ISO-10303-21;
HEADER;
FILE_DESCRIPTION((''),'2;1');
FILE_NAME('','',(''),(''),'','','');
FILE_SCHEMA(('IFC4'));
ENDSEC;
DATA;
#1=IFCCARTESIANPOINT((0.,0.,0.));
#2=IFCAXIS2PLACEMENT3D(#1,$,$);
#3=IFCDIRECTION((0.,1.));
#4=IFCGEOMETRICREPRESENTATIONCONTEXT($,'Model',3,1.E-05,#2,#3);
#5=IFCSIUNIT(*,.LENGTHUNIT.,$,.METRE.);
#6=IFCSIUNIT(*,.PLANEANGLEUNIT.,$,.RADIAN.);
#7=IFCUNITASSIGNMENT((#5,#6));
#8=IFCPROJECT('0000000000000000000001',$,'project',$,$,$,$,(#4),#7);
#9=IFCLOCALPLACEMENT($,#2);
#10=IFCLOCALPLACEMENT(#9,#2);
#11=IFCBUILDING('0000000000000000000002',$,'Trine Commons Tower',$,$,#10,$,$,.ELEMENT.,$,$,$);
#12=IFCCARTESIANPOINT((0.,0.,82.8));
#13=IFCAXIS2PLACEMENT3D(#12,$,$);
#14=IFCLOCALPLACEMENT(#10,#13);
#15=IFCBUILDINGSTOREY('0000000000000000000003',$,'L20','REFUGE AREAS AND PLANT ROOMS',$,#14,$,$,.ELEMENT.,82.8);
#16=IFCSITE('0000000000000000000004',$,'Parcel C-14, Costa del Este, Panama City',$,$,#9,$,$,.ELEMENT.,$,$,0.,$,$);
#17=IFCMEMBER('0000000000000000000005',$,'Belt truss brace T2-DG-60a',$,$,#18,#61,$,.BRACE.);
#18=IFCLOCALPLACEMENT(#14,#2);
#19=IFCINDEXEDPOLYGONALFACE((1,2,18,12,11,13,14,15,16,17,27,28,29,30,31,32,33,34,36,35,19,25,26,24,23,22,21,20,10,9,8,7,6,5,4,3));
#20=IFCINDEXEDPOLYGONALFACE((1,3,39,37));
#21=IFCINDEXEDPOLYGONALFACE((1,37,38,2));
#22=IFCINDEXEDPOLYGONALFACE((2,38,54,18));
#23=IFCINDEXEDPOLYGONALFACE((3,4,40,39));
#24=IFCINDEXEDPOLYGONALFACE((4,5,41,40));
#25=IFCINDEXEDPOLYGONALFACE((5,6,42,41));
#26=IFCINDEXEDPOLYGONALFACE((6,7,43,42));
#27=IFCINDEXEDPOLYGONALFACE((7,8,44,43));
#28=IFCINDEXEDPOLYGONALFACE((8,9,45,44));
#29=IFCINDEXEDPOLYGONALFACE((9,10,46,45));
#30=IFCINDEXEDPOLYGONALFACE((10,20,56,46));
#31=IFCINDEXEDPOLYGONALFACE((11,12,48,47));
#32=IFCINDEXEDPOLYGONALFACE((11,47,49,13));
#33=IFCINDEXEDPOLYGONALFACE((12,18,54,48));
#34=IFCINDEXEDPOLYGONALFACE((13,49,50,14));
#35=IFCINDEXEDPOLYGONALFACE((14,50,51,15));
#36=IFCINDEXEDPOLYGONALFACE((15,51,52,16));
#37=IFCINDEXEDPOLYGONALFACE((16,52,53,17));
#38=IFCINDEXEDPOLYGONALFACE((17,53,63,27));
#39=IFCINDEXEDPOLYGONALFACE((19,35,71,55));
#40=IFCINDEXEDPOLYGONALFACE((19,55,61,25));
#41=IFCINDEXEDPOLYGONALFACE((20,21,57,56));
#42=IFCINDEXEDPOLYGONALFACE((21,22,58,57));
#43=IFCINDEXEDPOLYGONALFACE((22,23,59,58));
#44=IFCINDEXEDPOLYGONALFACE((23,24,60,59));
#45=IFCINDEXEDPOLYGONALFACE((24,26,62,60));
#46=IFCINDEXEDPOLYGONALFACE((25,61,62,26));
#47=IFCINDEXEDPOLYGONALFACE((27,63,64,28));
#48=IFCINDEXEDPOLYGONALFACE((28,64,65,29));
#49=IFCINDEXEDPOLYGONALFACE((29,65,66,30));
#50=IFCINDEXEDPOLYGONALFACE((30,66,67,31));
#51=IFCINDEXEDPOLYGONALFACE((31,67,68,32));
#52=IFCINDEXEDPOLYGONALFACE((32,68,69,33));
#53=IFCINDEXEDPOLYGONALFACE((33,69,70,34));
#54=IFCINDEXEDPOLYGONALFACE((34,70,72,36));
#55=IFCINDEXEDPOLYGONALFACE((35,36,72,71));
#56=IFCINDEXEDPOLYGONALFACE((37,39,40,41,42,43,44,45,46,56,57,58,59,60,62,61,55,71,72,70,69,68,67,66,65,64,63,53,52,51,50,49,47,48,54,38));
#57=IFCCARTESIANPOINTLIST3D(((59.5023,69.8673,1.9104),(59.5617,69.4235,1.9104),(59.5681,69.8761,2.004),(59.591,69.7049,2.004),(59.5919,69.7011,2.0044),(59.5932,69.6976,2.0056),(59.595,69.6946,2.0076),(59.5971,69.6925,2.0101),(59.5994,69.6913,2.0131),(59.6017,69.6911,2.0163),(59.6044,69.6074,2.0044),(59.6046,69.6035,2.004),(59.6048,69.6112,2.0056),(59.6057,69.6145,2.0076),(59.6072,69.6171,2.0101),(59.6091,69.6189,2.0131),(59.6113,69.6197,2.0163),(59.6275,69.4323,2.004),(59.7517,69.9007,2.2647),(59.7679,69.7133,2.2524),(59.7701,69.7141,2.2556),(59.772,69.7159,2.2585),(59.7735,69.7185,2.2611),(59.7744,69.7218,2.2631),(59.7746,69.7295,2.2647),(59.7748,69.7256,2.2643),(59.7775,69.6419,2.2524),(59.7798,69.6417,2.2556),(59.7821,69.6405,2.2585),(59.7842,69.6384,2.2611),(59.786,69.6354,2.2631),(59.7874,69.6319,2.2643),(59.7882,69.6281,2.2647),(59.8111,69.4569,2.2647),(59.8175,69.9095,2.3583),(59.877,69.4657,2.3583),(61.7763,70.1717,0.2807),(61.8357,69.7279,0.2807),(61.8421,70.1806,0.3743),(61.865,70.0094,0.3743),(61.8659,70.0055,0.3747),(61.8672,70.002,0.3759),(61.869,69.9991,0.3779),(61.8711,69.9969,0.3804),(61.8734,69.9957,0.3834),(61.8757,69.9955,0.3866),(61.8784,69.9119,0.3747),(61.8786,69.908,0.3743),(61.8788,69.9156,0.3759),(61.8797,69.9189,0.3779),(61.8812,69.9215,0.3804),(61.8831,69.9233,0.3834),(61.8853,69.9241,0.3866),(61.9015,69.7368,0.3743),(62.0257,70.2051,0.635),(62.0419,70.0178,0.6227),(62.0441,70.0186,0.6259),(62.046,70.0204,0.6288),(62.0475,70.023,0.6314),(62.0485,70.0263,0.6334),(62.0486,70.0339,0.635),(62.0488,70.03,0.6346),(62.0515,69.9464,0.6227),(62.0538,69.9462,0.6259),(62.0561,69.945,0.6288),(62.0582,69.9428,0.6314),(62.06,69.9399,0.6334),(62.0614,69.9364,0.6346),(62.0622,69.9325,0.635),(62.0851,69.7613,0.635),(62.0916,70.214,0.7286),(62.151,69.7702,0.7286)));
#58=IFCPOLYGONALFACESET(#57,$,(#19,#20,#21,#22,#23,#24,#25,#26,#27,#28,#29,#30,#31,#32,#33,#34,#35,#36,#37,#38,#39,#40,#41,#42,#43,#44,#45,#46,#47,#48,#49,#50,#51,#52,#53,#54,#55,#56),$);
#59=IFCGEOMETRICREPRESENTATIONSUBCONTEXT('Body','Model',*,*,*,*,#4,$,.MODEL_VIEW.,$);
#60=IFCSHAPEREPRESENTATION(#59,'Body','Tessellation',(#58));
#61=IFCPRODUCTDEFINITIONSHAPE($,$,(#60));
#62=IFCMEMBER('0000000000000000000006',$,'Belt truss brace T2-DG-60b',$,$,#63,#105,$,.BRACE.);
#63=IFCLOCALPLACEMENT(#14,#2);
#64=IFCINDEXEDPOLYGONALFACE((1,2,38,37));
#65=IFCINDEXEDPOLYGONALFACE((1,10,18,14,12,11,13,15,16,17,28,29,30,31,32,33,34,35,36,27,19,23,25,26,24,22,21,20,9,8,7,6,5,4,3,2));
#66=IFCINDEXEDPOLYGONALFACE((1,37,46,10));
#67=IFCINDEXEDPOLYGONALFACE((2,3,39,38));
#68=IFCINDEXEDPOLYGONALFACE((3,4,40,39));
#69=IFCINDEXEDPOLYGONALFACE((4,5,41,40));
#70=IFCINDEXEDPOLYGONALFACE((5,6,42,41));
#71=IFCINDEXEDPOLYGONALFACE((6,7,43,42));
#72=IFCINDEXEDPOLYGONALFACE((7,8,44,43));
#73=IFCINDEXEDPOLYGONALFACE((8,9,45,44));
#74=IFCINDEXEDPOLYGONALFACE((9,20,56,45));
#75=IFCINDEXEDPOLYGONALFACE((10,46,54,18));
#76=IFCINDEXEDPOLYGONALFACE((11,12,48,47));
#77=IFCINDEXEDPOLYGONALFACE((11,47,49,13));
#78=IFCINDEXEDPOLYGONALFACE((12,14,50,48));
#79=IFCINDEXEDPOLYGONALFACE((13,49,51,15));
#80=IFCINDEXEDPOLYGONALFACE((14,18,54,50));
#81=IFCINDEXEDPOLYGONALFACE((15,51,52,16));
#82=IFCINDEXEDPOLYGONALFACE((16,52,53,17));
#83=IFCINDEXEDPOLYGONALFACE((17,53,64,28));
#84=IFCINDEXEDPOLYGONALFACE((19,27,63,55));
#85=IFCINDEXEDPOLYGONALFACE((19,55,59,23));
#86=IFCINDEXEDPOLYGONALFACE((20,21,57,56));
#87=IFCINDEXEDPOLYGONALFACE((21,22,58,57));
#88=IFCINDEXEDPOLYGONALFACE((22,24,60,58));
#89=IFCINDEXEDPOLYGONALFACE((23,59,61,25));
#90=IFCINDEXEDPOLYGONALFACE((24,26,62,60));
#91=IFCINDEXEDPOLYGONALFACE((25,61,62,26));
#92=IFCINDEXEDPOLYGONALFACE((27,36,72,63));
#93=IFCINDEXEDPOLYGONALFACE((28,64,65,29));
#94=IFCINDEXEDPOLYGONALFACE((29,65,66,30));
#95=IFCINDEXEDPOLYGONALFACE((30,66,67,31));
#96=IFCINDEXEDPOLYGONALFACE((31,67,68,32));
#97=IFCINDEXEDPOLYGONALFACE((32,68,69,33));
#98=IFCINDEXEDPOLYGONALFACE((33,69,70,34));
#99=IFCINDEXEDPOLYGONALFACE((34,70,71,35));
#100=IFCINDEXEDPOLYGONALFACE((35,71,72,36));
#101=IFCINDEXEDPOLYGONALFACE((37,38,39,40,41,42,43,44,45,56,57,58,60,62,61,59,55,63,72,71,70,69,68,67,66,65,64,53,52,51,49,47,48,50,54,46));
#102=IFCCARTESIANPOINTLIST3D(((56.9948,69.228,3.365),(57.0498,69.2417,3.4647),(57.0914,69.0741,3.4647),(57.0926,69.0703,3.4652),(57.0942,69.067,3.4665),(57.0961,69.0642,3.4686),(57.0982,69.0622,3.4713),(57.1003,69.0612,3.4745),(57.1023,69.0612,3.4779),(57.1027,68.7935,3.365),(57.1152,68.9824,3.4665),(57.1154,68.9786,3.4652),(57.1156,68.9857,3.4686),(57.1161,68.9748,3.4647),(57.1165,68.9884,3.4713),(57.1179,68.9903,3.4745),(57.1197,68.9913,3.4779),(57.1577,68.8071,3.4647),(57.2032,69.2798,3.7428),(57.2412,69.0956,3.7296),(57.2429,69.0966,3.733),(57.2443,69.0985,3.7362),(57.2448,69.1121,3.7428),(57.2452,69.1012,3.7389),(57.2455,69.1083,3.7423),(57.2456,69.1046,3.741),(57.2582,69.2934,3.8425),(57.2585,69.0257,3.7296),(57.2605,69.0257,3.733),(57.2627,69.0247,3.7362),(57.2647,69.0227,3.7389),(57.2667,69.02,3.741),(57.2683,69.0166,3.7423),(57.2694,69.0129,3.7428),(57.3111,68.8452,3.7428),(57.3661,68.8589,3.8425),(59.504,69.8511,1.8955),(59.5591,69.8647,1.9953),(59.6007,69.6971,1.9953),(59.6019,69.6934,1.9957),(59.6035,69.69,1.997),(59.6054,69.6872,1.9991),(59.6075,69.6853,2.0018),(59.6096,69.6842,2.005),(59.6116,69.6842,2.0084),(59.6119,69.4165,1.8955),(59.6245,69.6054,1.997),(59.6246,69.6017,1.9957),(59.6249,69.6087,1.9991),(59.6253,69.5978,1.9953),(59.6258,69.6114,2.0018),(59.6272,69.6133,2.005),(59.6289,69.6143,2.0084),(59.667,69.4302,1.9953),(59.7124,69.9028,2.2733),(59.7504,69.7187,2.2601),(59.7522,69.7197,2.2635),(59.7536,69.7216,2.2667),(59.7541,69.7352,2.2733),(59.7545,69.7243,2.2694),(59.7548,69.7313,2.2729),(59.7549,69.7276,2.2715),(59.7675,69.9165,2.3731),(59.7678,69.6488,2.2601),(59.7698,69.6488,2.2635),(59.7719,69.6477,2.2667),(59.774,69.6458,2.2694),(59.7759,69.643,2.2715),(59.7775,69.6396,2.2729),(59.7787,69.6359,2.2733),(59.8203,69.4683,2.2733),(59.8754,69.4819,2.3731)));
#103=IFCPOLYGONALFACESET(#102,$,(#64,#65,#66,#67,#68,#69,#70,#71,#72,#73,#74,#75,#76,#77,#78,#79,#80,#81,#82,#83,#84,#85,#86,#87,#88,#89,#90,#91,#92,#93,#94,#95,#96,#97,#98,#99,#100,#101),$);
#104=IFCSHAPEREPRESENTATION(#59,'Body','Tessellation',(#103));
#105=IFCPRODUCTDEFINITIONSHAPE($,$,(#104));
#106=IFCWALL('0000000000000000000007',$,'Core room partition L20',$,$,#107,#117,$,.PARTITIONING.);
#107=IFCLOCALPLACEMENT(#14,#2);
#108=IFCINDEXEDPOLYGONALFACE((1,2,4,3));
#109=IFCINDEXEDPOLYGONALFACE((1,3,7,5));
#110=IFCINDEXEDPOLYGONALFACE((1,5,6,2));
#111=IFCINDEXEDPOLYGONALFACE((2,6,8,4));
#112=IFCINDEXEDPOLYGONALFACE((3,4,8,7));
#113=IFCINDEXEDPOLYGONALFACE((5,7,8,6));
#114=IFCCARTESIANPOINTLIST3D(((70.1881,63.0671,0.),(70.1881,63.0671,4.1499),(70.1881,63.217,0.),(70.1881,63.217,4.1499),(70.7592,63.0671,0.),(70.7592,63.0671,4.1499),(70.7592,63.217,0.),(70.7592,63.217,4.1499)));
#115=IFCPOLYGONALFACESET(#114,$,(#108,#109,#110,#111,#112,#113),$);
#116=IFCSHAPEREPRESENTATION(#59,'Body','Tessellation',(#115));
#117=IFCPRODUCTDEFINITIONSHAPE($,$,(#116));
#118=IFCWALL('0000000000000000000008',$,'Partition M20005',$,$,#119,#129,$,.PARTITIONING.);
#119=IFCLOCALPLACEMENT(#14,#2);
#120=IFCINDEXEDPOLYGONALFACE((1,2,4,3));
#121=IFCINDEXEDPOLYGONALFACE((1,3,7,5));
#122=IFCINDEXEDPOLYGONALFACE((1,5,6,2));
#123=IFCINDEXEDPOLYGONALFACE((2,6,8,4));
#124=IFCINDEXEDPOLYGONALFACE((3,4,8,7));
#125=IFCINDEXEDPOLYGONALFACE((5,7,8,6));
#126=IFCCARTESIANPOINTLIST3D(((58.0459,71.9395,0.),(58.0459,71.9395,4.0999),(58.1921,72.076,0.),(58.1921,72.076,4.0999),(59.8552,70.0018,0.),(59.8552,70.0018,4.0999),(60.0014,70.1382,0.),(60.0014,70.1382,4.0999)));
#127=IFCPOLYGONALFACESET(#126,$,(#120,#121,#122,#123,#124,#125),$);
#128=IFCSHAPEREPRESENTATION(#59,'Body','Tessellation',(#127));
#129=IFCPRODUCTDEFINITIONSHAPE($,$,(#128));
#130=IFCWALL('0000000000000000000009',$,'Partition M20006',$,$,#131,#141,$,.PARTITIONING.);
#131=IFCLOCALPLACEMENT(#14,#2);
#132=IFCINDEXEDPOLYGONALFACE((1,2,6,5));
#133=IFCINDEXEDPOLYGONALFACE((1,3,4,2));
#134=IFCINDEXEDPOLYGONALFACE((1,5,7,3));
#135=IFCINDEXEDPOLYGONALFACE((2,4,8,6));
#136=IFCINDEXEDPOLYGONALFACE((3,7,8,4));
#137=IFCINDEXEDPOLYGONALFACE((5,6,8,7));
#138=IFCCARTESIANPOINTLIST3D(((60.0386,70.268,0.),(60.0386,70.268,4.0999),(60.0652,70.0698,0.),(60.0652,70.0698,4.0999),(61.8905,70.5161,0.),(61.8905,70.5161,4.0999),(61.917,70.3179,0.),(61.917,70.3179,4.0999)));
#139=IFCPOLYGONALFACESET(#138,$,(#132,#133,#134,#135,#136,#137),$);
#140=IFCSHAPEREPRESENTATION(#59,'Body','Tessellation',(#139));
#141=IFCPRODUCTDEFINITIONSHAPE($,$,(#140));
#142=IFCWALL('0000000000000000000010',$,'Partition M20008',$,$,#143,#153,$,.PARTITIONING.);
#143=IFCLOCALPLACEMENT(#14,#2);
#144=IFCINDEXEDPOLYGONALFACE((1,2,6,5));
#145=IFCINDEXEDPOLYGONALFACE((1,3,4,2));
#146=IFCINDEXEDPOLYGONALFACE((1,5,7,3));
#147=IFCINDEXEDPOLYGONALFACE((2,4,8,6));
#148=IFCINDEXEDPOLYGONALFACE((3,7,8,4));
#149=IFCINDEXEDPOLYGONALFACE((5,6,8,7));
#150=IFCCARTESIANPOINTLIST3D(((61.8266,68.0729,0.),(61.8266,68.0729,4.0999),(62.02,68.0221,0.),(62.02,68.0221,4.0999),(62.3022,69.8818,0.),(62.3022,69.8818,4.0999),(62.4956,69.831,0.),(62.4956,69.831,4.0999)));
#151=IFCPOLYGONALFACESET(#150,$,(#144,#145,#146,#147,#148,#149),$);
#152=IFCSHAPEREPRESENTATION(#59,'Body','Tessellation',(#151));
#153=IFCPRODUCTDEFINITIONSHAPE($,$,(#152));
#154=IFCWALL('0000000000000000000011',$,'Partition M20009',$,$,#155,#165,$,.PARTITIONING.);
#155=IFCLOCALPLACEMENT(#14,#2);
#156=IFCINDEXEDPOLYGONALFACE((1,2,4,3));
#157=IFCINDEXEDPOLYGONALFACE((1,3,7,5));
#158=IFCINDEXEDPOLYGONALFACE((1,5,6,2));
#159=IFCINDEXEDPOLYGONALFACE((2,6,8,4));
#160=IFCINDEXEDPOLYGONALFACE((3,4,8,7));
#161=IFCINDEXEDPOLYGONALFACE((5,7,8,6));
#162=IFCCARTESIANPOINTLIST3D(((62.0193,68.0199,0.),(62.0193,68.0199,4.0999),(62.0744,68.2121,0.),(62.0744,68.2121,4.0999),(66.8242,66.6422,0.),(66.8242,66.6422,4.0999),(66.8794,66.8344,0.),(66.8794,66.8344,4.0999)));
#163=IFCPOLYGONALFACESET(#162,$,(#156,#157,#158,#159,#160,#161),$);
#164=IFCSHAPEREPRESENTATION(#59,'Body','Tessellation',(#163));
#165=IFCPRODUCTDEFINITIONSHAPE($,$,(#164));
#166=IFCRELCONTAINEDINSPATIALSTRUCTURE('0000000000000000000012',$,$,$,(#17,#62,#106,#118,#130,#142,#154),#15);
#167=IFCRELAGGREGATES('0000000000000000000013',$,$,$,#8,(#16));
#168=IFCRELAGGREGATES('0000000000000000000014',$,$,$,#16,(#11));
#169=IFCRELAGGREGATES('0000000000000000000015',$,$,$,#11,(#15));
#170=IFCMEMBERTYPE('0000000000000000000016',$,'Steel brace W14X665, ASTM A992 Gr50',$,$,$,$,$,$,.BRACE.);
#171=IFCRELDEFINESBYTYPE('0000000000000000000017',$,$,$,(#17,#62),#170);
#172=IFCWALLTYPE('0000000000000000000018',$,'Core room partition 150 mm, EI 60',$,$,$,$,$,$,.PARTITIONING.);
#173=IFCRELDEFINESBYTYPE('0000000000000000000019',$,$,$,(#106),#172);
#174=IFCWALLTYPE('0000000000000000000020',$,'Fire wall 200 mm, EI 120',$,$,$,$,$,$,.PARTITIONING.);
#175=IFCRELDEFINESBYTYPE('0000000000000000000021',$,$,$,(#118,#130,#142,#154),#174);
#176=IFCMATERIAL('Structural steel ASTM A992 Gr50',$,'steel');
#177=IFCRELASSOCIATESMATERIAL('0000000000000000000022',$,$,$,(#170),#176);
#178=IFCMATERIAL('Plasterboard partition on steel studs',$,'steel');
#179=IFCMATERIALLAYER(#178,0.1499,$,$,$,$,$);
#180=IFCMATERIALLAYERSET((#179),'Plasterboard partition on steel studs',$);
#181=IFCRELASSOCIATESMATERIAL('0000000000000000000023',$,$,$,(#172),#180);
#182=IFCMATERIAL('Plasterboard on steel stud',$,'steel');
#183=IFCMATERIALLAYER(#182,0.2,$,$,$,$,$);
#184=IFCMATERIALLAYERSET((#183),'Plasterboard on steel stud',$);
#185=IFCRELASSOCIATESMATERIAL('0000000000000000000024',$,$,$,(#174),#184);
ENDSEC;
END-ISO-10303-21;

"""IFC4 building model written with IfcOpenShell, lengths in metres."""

from ifc_helpers import new_model, si_unit, direction, frame, frame_2d, origin, origin_2d, place, context, subcontext, project, spatial, rectangle, i_section, extrude, material, layer, layer_set, material_profile, profile_set, type_object, element, save


model = new_model("IFC4")

# Units and contexts
model_context = context("Model", 3, precision=1e-05, world=origin(), true_north=direction((0.0, 1.0)))
body_context = subcontext(model_context, "Body", "Model", "MODEL_VIEW")
ifc_project = project(units=[si_unit("LENGTHUNIT", "METRE"), si_unit("PLANEANGLEUNIT", "RADIAN")], contexts=[model_context])

# Site, building, storey
site_placement = place(None, origin())
site = spatial("IfcSite", under=ifc_project, at=site_placement, Name="Parcel C-14, Costa del Este, Panama City", CompositionType="ELEMENT", RefElevation=0.0)
building_placement = place(site_placement, origin())
building = spatial("IfcBuilding", under=site, at=building_placement, Name="Trine Commons Tower", CompositionType="ELEMENT")
storey_placement = place(building_placement, frame((0.0, 0.0, 82.8)))
storey = spatial("IfcBuildingStorey", under=building, at=storey_placement, Name="L20", Description="REFUGE AREAS AND PLANT ROOMS", CompositionType="ELEMENT", Elevation=82.8)

# Shared definitions
ifc_material_1 = material(Name="Structural steel ASTM A992 Gr50", Category="steel")

# Members
ifc_material_profile_1 = material_profile(ifc_material_1, i_section(OverallWidth=0.4478, OverallDepth=0.5493, WebThickness=0.072, FlangeThickness=0.1147, FilletRadius=0.0151, at=origin_2d()), Name="W14X665")
ifc_profile_set_1 = profile_set([ifc_material_profile_1], Name="Structural steel ASTM A992 Gr50")
member_type_1 = type_object("IfcMemberType", Name="Steel brace W14X665, ASTM A992 Gr50", PredefinedType="BRACE", material=ifc_profile_set_1)
member_1_placement = place(storey_placement, frame((61.9636, 69.9709, 0.5046), z_axis=(-0.808048, -0.108185, 0.579098), x_axis=(0.1327, -0.991156, 0.0)))
element("IfcMember", 1, at=member_1_placement, inside=storey, type_object=member_type_1, Name="Belt truss brace T2-DG-60a", PredefinedType="BRACE", context=body_context, shape_type="SweptSolid", body=[
    extrude(i_section(OverallWidth=0.4478, OverallDepth=0.5493, WebThickness=0.072, FlangeThickness=0.1147, FilletRadius=0.0151, at=origin_2d()), origin(), (0.0, 0.0, 1.0), 2.8142),
])
member_2_placement = place(storey_placement, frame((59.6897, 69.6665, 2.1343), z_axis=(-0.843769, -0.209505, 0.494128), x_axis=(0.24098, -0.97053, 0.0)))
element("IfcMember", 2, at=member_2_placement, inside=storey, type_object=member_type_1, Name="Belt truss brace T2-DG-60b", PredefinedType="BRACE", context=body_context, shape_type="SweptSolid", body=[
    extrude(i_section(OverallWidth=0.4478, OverallDepth=0.5493, WebThickness=0.072, FlangeThickness=0.1147, FilletRadius=0.0151, at=origin_2d()), origin(), (0.0, 0.0, 1.0), 2.9739),
])

# Walls
ifc_material_2 = material(Name="Plasterboard partition on steel studs", Category="steel")
ifc_layer_1 = layer(ifc_material_2, 0.1499)
ifc_layer_set_1 = layer_set([ifc_layer_1], Name="Plasterboard partition on steel studs")
wall_type_1 = type_object("IfcWallType", Name="Core room partition 150 mm, EI 60", PredefinedType="PARTITIONING", material=ifc_layer_set_1)
wall_1_placement = place(storey_placement, frame((70.188, 63.1421, 0.0), z_axis=(0.0, 0.0, 1.0), x_axis=(1.0, 0.0, 0.0)))
element("IfcWall", 3, at=wall_1_placement, inside=storey, type_object=wall_type_1, Name="Core room partition L20", PredefinedType="PARTITIONING", context=body_context, shape_type="SweptSolid", body=[
    extrude(rectangle(XDim=0.571, YDim=0.1499, at=frame_2d((0.2856, 0.0))), origin(), (0.0, 0.0, 1.0), 4.1499),
])
ifc_material_3 = material(Name="Plasterboard on steel stud", Category="steel")
ifc_layer_2 = layer(ifc_material_3, 0.2)
ifc_layer_set_2 = layer_set([ifc_layer_2], Name="Plasterboard on steel stud")
wall_type_2 = type_object("IfcWallType", Name="Fire wall 200 mm, EI 120", PredefinedType="PARTITIONING", material=ifc_layer_set_2)
wall_2_placement = place(storey_placement, frame((58.1189, 72.0078, 0.0), z_axis=(0.0, 0.0, 1.0), x_axis=(0.682472, -0.730911, 0.0)))
element("IfcWall", 4, at=wall_2_placement, inside=storey, type_object=wall_type_2, Name="Partition M20005", PredefinedType="PARTITIONING", context=body_context, shape_type="SweptSolid", body=[
    extrude(rectangle(XDim=2.6511, YDim=0.2, at=frame_2d((1.3257, 0.0))), origin(), (0.0, 0.0, 1.0), 4.0999),
])
wall_3_placement = place(storey_placement, frame((60.052, 70.1689, 0.0), z_axis=(0.0, 0.0, 1.0), x_axis=(0.991148, 0.132763, 0.0)))
element("IfcWall", 5, at=wall_3_placement, inside=storey, type_object=wall_type_2, Name="Partition M20006", PredefinedType="PARTITIONING", context=body_context, shape_type="SweptSolid", body=[
    extrude(rectangle(XDim=1.8684, YDim=0.2, at=frame_2d((0.9341, 0.0))), origin(), (0.0, 0.0, 1.0), 4.0999),
])
wall_4_placement = place(storey_placement, frame((61.9233, 68.0476, 0.0), z_axis=(0.0, 0.0, 1.0), x_axis=(0.254281, 0.96713, 0.0)))
element("IfcWall", 6, at=wall_4_placement, inside=storey, type_object=wall_type_2, Name="Partition M20008", PredefinedType="PARTITIONING", context=body_context, shape_type="SweptSolid", body=[
    extrude(rectangle(XDim=1.8704, YDim=0.2, at=frame_2d((0.9351, 0.0))), origin(), (0.0, 0.0, 1.0), 4.0999),
])
wall_5_placement = place(storey_placement, frame((62.0469, 68.116, 0.0), z_axis=(0.0, 0.0, 1.0), x_axis=(0.961267, -0.275618, 0.0)))
element("IfcWall", 7, at=wall_5_placement, inside=storey, type_object=wall_type_2, Name="Partition M20009", PredefinedType="PARTITIONING", context=body_context, shape_type="SweptSolid", body=[
    extrude(rectangle(XDim=4.9985, YDim=0.2, at=frame_2d((2.4993, 0.0))), origin(), (0.0, 0.0, 1.0), 4.0999),
])

save(model, "model.ifc")
